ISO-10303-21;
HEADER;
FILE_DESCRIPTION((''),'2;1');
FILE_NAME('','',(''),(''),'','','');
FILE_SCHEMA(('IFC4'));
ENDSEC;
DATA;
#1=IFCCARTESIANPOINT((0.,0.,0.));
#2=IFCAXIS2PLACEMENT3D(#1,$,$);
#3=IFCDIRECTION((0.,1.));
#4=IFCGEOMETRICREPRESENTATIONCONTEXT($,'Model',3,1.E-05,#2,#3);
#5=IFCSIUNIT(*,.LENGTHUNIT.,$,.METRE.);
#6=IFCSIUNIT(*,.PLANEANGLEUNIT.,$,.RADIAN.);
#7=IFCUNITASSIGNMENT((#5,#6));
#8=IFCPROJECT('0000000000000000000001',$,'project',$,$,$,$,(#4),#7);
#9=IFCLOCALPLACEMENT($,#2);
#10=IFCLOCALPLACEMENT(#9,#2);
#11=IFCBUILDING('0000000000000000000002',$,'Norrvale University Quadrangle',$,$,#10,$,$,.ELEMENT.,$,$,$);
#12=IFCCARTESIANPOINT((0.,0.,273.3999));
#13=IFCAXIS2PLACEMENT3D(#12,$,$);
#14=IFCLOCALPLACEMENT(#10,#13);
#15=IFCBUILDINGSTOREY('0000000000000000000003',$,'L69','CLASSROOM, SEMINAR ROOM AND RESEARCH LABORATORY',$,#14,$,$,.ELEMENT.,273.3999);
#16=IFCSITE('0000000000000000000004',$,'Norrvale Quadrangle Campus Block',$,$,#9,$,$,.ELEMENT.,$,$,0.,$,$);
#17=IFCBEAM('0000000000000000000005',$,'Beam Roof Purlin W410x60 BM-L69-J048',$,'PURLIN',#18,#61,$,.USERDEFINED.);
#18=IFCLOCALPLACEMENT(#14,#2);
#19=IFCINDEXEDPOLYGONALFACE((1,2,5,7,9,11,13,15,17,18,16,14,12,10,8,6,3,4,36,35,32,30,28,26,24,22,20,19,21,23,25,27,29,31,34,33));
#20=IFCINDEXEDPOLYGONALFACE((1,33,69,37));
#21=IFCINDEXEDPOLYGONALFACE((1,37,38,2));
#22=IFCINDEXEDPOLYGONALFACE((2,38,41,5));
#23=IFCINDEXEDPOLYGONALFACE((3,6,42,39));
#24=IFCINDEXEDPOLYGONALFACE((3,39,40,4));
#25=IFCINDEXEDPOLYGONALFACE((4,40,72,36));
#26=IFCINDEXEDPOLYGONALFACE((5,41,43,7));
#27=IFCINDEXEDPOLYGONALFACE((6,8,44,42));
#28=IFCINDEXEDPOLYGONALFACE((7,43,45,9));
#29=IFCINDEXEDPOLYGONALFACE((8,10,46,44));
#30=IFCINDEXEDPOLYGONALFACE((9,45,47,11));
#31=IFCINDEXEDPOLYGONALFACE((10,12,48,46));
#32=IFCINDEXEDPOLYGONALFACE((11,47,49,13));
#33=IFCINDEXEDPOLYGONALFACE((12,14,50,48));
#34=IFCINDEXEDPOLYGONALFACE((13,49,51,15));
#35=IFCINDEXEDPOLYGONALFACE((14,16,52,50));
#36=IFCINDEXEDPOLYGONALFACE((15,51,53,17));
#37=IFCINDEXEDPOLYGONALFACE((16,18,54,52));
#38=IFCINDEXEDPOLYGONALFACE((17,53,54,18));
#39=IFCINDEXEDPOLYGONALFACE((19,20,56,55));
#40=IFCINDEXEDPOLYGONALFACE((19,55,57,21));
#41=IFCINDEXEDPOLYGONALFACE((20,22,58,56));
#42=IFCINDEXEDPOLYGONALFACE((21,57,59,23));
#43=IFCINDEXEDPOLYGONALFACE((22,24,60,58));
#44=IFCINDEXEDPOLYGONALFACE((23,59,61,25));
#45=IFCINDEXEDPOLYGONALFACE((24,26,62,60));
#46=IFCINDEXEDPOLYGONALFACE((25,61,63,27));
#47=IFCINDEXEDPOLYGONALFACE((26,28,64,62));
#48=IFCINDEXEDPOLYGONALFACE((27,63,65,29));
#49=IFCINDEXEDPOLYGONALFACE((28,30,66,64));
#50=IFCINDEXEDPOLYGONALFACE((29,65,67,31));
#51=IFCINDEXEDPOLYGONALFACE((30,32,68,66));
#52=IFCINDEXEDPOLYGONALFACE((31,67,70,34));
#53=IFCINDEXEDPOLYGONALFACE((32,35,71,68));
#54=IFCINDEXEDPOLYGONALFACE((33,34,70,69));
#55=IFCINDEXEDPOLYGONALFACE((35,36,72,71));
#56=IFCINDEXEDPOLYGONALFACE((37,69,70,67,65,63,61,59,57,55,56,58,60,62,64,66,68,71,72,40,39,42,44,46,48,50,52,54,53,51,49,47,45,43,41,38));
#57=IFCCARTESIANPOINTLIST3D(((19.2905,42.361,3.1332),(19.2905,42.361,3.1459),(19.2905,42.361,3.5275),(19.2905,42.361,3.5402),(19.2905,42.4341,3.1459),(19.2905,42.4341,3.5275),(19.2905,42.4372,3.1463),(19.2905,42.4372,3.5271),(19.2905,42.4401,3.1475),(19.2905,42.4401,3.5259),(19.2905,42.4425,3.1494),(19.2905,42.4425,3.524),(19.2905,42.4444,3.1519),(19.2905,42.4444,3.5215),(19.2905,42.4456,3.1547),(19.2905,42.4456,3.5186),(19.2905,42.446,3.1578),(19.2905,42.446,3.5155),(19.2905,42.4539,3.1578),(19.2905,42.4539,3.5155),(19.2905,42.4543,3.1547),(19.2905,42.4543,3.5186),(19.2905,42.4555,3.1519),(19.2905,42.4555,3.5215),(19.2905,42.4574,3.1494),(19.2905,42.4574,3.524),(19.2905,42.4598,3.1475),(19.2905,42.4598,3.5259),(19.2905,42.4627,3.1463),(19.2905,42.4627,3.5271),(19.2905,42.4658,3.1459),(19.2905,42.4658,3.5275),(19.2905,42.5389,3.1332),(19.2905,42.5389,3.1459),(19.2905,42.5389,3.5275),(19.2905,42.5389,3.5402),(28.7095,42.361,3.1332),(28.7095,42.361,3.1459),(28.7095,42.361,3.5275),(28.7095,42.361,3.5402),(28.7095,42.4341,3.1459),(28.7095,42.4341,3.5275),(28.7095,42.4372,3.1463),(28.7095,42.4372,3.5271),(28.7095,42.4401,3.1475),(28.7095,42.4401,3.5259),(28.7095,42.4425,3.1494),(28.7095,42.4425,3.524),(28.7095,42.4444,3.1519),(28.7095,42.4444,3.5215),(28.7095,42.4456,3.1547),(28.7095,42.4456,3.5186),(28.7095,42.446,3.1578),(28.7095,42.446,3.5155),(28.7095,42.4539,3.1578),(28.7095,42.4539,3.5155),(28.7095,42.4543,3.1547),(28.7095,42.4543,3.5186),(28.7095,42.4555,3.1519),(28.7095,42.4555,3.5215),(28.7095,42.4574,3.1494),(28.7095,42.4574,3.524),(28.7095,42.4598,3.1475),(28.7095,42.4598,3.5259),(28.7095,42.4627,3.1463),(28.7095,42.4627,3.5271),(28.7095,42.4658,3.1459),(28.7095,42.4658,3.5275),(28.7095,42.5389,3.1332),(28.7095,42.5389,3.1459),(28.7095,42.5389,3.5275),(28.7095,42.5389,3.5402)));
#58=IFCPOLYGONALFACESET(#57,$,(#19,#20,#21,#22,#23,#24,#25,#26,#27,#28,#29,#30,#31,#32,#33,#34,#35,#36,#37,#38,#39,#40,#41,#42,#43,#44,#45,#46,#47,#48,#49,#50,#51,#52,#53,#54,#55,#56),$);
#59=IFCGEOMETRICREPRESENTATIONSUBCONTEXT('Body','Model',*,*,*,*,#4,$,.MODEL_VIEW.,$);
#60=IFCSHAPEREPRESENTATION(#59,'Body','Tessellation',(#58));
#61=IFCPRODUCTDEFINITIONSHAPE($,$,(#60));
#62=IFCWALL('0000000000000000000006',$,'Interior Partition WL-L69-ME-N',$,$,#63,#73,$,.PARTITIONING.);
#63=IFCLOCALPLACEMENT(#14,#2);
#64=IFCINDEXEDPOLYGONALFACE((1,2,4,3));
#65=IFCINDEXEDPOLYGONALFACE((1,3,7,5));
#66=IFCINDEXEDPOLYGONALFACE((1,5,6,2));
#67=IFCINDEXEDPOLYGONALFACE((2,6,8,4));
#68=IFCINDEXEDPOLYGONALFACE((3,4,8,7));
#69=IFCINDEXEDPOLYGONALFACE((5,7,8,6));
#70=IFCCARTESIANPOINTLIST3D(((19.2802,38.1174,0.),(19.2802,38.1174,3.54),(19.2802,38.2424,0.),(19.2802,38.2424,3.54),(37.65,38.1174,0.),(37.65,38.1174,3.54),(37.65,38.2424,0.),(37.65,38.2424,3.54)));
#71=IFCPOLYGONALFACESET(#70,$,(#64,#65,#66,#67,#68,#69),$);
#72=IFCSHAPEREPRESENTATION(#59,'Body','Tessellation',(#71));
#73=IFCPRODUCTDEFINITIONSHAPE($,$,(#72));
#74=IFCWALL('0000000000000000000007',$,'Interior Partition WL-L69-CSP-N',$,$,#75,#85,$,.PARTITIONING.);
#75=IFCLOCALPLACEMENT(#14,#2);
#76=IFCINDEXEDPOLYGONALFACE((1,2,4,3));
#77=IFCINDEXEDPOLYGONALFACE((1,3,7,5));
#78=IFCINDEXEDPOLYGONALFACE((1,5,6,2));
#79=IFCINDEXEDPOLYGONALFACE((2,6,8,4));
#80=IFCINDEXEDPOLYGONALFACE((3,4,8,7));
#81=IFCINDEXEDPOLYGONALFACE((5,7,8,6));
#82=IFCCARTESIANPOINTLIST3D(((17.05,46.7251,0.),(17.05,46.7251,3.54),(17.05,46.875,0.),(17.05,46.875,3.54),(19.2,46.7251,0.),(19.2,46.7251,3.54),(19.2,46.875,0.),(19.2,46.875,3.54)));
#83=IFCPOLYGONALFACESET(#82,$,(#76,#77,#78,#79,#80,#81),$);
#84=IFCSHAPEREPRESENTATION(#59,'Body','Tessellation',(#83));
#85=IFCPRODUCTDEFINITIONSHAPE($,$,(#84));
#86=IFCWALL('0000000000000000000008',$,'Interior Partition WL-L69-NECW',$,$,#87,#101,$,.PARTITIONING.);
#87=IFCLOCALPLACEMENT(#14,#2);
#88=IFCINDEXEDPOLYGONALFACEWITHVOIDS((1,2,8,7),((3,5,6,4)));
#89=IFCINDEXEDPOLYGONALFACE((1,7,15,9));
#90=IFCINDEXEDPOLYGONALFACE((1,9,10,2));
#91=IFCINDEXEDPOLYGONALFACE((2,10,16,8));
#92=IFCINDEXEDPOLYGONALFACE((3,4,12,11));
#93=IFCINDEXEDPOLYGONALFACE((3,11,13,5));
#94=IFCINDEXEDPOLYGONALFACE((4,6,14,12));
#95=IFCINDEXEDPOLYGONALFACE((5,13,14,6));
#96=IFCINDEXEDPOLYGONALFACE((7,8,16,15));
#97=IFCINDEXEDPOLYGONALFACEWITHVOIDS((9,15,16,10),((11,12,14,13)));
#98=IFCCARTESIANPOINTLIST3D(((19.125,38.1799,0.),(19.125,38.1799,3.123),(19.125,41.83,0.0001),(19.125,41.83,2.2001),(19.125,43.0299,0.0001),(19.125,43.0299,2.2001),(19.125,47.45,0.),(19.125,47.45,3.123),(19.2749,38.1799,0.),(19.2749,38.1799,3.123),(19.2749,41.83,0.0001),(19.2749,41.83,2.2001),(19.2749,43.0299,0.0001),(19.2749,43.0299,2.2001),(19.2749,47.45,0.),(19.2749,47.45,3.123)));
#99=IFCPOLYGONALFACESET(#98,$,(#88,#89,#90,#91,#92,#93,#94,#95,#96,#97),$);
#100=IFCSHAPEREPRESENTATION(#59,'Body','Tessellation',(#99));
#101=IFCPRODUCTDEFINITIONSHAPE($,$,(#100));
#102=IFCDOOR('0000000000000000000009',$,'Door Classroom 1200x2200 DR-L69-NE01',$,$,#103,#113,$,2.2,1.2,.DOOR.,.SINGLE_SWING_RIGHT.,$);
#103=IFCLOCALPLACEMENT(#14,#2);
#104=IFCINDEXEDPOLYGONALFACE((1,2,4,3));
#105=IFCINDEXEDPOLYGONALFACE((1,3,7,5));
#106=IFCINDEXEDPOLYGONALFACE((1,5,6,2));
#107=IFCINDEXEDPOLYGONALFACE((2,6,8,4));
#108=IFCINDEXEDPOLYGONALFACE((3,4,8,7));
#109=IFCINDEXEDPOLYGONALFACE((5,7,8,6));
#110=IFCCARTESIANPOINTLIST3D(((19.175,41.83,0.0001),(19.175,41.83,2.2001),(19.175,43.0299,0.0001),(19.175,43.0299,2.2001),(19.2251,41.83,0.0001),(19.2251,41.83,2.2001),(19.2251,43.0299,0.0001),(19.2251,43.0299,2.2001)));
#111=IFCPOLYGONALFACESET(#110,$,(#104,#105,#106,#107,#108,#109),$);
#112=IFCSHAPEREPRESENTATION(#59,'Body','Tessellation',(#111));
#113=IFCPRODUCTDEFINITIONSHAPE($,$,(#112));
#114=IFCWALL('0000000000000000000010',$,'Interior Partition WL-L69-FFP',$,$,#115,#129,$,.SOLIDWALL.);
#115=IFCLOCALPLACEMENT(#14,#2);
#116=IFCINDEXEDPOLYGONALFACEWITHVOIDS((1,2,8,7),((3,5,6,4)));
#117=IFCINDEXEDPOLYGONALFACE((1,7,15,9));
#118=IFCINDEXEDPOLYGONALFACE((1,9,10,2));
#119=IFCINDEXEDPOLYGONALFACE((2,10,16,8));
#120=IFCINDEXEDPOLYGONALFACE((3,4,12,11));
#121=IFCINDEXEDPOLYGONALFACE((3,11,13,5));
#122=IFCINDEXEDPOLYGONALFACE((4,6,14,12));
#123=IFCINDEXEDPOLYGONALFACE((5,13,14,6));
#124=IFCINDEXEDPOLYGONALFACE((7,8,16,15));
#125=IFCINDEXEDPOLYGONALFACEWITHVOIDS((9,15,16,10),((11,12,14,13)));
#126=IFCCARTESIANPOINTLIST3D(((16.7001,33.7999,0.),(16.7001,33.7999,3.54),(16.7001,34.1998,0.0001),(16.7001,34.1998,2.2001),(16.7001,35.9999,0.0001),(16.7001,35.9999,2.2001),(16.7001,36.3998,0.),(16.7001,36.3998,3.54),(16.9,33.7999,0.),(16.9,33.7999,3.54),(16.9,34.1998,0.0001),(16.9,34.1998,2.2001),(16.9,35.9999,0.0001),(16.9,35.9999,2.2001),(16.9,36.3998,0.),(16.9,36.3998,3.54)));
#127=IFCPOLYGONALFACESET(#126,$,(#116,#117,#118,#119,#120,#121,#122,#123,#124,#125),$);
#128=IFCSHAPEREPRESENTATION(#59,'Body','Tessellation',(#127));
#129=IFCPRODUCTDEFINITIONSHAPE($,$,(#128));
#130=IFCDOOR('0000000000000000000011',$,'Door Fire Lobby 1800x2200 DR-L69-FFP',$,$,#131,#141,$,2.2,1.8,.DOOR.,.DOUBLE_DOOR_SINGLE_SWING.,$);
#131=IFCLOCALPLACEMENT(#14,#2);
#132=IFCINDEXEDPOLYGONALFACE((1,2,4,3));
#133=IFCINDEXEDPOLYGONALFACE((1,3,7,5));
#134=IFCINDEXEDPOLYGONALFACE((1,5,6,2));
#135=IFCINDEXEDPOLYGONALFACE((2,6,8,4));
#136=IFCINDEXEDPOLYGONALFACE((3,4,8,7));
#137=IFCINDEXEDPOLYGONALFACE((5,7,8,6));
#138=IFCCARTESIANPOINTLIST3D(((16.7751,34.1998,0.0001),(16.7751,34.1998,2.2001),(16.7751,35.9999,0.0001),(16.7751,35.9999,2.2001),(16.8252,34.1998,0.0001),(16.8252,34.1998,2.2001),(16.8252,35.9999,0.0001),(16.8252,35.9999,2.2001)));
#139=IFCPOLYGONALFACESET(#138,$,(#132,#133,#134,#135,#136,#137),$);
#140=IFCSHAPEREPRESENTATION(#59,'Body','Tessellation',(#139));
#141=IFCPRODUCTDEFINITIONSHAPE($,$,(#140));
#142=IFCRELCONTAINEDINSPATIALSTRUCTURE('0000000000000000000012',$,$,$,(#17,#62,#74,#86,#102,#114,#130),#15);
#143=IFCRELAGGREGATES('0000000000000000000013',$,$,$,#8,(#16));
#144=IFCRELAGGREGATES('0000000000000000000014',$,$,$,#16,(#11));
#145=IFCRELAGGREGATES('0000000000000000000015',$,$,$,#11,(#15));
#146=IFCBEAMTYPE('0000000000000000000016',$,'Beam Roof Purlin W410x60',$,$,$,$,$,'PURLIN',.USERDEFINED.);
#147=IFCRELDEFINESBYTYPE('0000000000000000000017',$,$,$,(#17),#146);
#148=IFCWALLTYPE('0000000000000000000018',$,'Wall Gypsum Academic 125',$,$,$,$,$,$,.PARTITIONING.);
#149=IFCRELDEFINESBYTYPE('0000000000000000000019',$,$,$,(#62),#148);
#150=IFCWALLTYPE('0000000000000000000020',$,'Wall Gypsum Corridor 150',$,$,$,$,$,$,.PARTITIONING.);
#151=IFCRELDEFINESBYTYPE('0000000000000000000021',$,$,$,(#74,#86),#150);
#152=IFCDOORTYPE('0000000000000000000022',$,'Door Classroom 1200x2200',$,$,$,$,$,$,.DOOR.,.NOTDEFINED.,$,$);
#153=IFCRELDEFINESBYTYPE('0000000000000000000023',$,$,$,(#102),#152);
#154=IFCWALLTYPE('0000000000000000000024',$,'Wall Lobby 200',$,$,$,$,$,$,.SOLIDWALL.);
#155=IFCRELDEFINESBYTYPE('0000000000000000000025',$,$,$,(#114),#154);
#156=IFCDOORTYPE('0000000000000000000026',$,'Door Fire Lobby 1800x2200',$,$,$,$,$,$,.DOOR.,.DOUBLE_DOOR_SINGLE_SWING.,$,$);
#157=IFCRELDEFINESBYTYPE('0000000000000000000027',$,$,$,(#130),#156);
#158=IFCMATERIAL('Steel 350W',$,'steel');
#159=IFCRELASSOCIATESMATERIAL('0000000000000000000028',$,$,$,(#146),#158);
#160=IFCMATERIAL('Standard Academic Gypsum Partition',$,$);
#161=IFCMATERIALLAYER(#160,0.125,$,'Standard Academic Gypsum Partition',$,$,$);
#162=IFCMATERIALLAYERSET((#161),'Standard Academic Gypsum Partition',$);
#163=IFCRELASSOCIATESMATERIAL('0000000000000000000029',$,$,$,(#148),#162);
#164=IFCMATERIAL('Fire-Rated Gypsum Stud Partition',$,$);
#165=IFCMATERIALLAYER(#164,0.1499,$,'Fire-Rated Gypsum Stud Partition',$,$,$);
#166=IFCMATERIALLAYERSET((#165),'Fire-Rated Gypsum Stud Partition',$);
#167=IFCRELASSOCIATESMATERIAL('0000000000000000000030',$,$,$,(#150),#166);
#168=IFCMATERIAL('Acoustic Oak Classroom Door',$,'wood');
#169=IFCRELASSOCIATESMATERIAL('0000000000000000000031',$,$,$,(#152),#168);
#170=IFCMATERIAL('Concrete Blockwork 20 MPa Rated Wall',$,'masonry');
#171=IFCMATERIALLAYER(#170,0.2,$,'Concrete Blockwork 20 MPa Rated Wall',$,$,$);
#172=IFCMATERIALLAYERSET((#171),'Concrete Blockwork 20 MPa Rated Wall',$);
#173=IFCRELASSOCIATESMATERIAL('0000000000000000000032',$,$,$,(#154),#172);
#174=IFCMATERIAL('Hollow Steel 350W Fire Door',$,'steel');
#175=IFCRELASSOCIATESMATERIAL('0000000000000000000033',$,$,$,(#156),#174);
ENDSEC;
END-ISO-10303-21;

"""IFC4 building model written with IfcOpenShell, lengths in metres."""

from ifc_helpers import new_model, si_unit, direction, frame, frame_2d, origin, origin_2d, place, context, subcontext, project, spatial, rectangle, i_section, extrude, material, layer, layer_set, material_profile, profile_set, type_object, element, fill, save


model = new_model("IFC4")

# Units and contexts
model_context = context("Model", 3, precision=1e-05, world=origin(), true_north=direction((0.0, 1.0)))
body_context = subcontext(model_context, "Body", "Model", "MODEL_VIEW")
ifc_project = project(units=[si_unit("LENGTHUNIT", "METRE"), si_unit("PLANEANGLEUNIT", "RADIAN")], contexts=[model_context])

# Site, building, storey
site_placement = place(None, origin())
site = spatial("IfcSite", under=ifc_project, at=site_placement, Name="Norrvale Quadrangle Campus Block", CompositionType="ELEMENT", RefElevation=0.0)
building_placement = place(site_placement, origin())
building = spatial("IfcBuilding", under=site, at=building_placement, Name="Norrvale University Quadrangle", CompositionType="ELEMENT")
storey_placement = place(building_placement, frame((0.0, 0.0, 273.3999)))
storey = spatial("IfcBuildingStorey", under=building, at=storey_placement, Name="L69", Description="CLASSROOM, SEMINAR ROOM AND RESEARCH LABORATORY", CompositionType="ELEMENT", Elevation=273.3999)

# Beam
ifc_material_1 = material(Name="Steel 350W", Category="steel")
ifc_material_profile_1 = material_profile(ifc_material_1, i_section(OverallWidth=0.178, OverallDepth=0.407, WebThickness=0.0078, FlangeThickness=0.0127, FilletRadius=0.012, at=origin_2d()), Name="Steel 350W")
ifc_profile_set_1 = profile_set([ifc_material_profile_1], Name="Steel 350W")
beam_type_1 = type_object("IfcBeamType", Name="Beam Roof Purlin W410x60", ElementType="PURLIN", PredefinedType="USERDEFINED", material=ifc_profile_set_1)
for number, where, z_axis, x_axis, name in (
    (1, (19.2905, 42.45, 3.3367), (1.0, 0.0, 0.0), (0.0, 1.0, 0.0), "Beam Roof Purlin W410x60 BM-L69-J048"),
):
    element("IfcBeam", number, at=place(storey_placement, frame(where, z_axis=z_axis, x_axis=x_axis)), inside=storey, type_object=beam_type_1, Name=name, ObjectType="PURLIN", PredefinedType="USERDEFINED", context=body_context, shape_type="SweptSolid", body=[
        extrude(i_section(OverallWidth=0.178, OverallDepth=0.407, WebThickness=0.0078, FlangeThickness=0.0127, FilletRadius=0.012, at=origin_2d()), origin(), (0.0, 0.0, 1.0), 9.4189),
    ])

# Walls
ifc_material_2 = material(Name="Standard Academic Gypsum Partition")
ifc_layer_1 = layer(ifc_material_2, 0.125, Name="Standard Academic Gypsum Partition")
ifc_layer_set_1 = layer_set([ifc_layer_1], Name="Standard Academic Gypsum Partition")
wall_type_1 = type_object("IfcWallType", Name="Wall Gypsum Academic 125", PredefinedType="PARTITIONING", material=ifc_layer_set_1)
wall_1_placement = place(storey_placement, frame((19.28, 38.1799, 0.0), z_axis=(0.0, 0.0, 1.0), x_axis=(1.0, 0.0, 0.0)))
element("IfcWall", 2, at=wall_1_placement, inside=storey, type_object=wall_type_1, Name="Interior Partition WL-L69-ME-N", PredefinedType="PARTITIONING", context=body_context, shape_type="SweptSolid", body=[
    extrude(rectangle(XDim=18.3699, YDim=0.125, at=frame_2d((9.1851, 0.0))), origin(), (0.0, 0.0, 1.0), 3.54),
])
ifc_material_3 = material(Name="Fire-Rated Gypsum Stud Partition")
ifc_layer_2 = layer(ifc_material_3, 0.1499, Name="Fire-Rated Gypsum Stud Partition")
ifc_layer_set_2 = layer_set([ifc_layer_2], Name="Fire-Rated Gypsum Stud Partition")
wall_type_2 = type_object("IfcWallType", Name="Wall Gypsum Corridor 150", PredefinedType="PARTITIONING", material=ifc_layer_set_2)
wall_2_placement = place(storey_placement, frame((17.05, 46.8, 0.0), z_axis=(0.0, 0.0, 1.0), x_axis=(1.0, 0.0, 0.0)))
element("IfcWall", 3, at=wall_2_placement, inside=storey, type_object=wall_type_2, Name="Interior Partition WL-L69-CSP-N", PredefinedType="PARTITIONING", context=body_context, shape_type="SweptSolid", body=[
    extrude(rectangle(XDim=2.1499, YDim=0.1499, at=frame_2d((1.075, 0.0))), origin(), (0.0, 0.0, 1.0), 3.54),
])

# Walls, openings, doors
wall_3_placement = place(storey_placement, frame((19.2, 38.1799, 0.0), z_axis=(0.0, 0.0, 1.0), x_axis=(0.0, 1.0, 0.0)))
wall_3 = element("IfcWall", 4, at=wall_3_placement, inside=storey, type_object=wall_type_2, Name="Interior Partition WL-L69-NECW", PredefinedType="PARTITIONING", context=body_context, shape_type="SweptSolid", body=[
    extrude(rectangle(XDim=9.27, YDim=0.1499, at=frame_2d((4.635, 0.0))), origin(), (0.0, 0.0, 1.0), 3.123),
])
opening_1_placement = place(wall_3_placement, frame((3.6499, 0.0, 0.0)))
opening_1 = element("IfcOpeningElement", 5, at=opening_1_placement, cuts=wall_3, PredefinedType="OPENING", context=body_context, shape_type="SweptSolid", body=[
    extrude(rectangle(XDim=1.2, YDim=2.2, at=frame_2d((0.6001, 1.1001))), frame((0.0, 0.0869, 0.0), z_axis=(0.0, -1.0, 0.0), x_axis=(1.0, 0.0, 0.0)), (0.0, 0.0, 1.0), 0.1738),
])
ifc_material_4 = material(Name="Acoustic Oak Classroom Door", Category="wood")
door_type_1 = type_object("IfcDoorType", Name="Door Classroom 1200x2200", OperationType="NOTDEFINED", PredefinedType="DOOR", material=ifc_material_4)
door_1_placement = place(opening_1_placement, origin())
door_1 = element("IfcDoor", 6, at=door_1_placement, inside=storey, type_object=door_type_1, Name="Door Classroom 1200x2200 DR-L69-NE01", OperationType="SINGLE_SWING_RIGHT", OverallHeight=2.2, OverallWidth=1.2, PredefinedType="DOOR", context=body_context, shape_type="SweptSolid", body=[
    extrude(rectangle(XDim=1.2, YDim=2.2, at=frame_2d((0.6001, 1.1001))), frame((0.0, 0.0249, 0.0), z_axis=(0.0, -1.0, 0.0), x_axis=(1.0, 0.0, 0.0)), (0.0, 0.0, 1.0), 0.05),
])
fill(opening_1, door_1)
ifc_material_5 = material(Name="Concrete Blockwork 20 MPa Rated Wall", Category="masonry")
ifc_layer_3 = layer(ifc_material_5, 0.2, Name="Concrete Blockwork 20 MPa Rated Wall")
ifc_layer_set_3 = layer_set([ifc_layer_3], Name="Concrete Blockwork 20 MPa Rated Wall")
wall_type_3 = type_object("IfcWallType", Name="Wall Lobby 200", PredefinedType="SOLIDWALL", material=ifc_layer_set_3)
wall_4_placement = place(storey_placement, frame((16.8, 33.8, 0.0), z_axis=(0.0, 0.0, 1.0), x_axis=(0.0, 1.0, 0.0)))
wall_4 = element("IfcWall", 7, at=wall_4_placement, inside=storey, type_object=wall_type_3, Name="Interior Partition WL-L69-FFP", PredefinedType="SOLIDWALL", context=body_context, shape_type="SweptSolid", body=[
    extrude(rectangle(XDim=2.5999, YDim=0.2, at=frame_2d((1.2998, 0.0))), origin(), (0.0, 0.0, 1.0), 3.54),
])
opening_2_placement = place(wall_4_placement, frame((0.3999, 0.0, 0.0)))
opening_2 = element("IfcOpeningElement", 8, at=opening_2_placement, cuts=wall_4, PredefinedType="OPENING", context=body_context, shape_type="SweptSolid", body=[
    extrude(rectangle(XDim=1.8, YDim=2.2, at=frame_2d((0.8999, 1.1001))), frame((0.0, 0.1121, 0.0), z_axis=(0.0, -1.0, 0.0), x_axis=(1.0, 0.0, 0.0)), (0.0, 0.0, 1.0), 0.2239),
])
ifc_material_6 = material(Name="Hollow Steel 350W Fire Door", Category="steel")
door_type_2 = type_object("IfcDoorType", Name="Door Fire Lobby 1800x2200", OperationType="DOUBLE_DOOR_SINGLE_SWING", PredefinedType="DOOR", material=ifc_material_6)
door_2_placement = place(opening_2_placement, origin())
door_2 = element("IfcDoor", 9, at=door_2_placement, inside=storey, type_object=door_type_2, Name="Door Fire Lobby 1800x2200 DR-L69-FFP", OperationType="DOUBLE_DOOR_SINGLE_SWING", OverallHeight=2.2, OverallWidth=1.8, PredefinedType="DOOR", context=body_context, shape_type="SweptSolid", body=[
    extrude(rectangle(XDim=1.8, YDim=2.2, at=frame_2d((0.8999, 1.1001))), frame((0.0, 0.0249, 0.0), z_axis=(0.0, -1.0, 0.0), x_axis=(1.0, 0.0, 0.0)), (0.0, 0.0, 1.0), 0.05),
])
fill(opening_2, door_2)

save(model, "model.ifc")
